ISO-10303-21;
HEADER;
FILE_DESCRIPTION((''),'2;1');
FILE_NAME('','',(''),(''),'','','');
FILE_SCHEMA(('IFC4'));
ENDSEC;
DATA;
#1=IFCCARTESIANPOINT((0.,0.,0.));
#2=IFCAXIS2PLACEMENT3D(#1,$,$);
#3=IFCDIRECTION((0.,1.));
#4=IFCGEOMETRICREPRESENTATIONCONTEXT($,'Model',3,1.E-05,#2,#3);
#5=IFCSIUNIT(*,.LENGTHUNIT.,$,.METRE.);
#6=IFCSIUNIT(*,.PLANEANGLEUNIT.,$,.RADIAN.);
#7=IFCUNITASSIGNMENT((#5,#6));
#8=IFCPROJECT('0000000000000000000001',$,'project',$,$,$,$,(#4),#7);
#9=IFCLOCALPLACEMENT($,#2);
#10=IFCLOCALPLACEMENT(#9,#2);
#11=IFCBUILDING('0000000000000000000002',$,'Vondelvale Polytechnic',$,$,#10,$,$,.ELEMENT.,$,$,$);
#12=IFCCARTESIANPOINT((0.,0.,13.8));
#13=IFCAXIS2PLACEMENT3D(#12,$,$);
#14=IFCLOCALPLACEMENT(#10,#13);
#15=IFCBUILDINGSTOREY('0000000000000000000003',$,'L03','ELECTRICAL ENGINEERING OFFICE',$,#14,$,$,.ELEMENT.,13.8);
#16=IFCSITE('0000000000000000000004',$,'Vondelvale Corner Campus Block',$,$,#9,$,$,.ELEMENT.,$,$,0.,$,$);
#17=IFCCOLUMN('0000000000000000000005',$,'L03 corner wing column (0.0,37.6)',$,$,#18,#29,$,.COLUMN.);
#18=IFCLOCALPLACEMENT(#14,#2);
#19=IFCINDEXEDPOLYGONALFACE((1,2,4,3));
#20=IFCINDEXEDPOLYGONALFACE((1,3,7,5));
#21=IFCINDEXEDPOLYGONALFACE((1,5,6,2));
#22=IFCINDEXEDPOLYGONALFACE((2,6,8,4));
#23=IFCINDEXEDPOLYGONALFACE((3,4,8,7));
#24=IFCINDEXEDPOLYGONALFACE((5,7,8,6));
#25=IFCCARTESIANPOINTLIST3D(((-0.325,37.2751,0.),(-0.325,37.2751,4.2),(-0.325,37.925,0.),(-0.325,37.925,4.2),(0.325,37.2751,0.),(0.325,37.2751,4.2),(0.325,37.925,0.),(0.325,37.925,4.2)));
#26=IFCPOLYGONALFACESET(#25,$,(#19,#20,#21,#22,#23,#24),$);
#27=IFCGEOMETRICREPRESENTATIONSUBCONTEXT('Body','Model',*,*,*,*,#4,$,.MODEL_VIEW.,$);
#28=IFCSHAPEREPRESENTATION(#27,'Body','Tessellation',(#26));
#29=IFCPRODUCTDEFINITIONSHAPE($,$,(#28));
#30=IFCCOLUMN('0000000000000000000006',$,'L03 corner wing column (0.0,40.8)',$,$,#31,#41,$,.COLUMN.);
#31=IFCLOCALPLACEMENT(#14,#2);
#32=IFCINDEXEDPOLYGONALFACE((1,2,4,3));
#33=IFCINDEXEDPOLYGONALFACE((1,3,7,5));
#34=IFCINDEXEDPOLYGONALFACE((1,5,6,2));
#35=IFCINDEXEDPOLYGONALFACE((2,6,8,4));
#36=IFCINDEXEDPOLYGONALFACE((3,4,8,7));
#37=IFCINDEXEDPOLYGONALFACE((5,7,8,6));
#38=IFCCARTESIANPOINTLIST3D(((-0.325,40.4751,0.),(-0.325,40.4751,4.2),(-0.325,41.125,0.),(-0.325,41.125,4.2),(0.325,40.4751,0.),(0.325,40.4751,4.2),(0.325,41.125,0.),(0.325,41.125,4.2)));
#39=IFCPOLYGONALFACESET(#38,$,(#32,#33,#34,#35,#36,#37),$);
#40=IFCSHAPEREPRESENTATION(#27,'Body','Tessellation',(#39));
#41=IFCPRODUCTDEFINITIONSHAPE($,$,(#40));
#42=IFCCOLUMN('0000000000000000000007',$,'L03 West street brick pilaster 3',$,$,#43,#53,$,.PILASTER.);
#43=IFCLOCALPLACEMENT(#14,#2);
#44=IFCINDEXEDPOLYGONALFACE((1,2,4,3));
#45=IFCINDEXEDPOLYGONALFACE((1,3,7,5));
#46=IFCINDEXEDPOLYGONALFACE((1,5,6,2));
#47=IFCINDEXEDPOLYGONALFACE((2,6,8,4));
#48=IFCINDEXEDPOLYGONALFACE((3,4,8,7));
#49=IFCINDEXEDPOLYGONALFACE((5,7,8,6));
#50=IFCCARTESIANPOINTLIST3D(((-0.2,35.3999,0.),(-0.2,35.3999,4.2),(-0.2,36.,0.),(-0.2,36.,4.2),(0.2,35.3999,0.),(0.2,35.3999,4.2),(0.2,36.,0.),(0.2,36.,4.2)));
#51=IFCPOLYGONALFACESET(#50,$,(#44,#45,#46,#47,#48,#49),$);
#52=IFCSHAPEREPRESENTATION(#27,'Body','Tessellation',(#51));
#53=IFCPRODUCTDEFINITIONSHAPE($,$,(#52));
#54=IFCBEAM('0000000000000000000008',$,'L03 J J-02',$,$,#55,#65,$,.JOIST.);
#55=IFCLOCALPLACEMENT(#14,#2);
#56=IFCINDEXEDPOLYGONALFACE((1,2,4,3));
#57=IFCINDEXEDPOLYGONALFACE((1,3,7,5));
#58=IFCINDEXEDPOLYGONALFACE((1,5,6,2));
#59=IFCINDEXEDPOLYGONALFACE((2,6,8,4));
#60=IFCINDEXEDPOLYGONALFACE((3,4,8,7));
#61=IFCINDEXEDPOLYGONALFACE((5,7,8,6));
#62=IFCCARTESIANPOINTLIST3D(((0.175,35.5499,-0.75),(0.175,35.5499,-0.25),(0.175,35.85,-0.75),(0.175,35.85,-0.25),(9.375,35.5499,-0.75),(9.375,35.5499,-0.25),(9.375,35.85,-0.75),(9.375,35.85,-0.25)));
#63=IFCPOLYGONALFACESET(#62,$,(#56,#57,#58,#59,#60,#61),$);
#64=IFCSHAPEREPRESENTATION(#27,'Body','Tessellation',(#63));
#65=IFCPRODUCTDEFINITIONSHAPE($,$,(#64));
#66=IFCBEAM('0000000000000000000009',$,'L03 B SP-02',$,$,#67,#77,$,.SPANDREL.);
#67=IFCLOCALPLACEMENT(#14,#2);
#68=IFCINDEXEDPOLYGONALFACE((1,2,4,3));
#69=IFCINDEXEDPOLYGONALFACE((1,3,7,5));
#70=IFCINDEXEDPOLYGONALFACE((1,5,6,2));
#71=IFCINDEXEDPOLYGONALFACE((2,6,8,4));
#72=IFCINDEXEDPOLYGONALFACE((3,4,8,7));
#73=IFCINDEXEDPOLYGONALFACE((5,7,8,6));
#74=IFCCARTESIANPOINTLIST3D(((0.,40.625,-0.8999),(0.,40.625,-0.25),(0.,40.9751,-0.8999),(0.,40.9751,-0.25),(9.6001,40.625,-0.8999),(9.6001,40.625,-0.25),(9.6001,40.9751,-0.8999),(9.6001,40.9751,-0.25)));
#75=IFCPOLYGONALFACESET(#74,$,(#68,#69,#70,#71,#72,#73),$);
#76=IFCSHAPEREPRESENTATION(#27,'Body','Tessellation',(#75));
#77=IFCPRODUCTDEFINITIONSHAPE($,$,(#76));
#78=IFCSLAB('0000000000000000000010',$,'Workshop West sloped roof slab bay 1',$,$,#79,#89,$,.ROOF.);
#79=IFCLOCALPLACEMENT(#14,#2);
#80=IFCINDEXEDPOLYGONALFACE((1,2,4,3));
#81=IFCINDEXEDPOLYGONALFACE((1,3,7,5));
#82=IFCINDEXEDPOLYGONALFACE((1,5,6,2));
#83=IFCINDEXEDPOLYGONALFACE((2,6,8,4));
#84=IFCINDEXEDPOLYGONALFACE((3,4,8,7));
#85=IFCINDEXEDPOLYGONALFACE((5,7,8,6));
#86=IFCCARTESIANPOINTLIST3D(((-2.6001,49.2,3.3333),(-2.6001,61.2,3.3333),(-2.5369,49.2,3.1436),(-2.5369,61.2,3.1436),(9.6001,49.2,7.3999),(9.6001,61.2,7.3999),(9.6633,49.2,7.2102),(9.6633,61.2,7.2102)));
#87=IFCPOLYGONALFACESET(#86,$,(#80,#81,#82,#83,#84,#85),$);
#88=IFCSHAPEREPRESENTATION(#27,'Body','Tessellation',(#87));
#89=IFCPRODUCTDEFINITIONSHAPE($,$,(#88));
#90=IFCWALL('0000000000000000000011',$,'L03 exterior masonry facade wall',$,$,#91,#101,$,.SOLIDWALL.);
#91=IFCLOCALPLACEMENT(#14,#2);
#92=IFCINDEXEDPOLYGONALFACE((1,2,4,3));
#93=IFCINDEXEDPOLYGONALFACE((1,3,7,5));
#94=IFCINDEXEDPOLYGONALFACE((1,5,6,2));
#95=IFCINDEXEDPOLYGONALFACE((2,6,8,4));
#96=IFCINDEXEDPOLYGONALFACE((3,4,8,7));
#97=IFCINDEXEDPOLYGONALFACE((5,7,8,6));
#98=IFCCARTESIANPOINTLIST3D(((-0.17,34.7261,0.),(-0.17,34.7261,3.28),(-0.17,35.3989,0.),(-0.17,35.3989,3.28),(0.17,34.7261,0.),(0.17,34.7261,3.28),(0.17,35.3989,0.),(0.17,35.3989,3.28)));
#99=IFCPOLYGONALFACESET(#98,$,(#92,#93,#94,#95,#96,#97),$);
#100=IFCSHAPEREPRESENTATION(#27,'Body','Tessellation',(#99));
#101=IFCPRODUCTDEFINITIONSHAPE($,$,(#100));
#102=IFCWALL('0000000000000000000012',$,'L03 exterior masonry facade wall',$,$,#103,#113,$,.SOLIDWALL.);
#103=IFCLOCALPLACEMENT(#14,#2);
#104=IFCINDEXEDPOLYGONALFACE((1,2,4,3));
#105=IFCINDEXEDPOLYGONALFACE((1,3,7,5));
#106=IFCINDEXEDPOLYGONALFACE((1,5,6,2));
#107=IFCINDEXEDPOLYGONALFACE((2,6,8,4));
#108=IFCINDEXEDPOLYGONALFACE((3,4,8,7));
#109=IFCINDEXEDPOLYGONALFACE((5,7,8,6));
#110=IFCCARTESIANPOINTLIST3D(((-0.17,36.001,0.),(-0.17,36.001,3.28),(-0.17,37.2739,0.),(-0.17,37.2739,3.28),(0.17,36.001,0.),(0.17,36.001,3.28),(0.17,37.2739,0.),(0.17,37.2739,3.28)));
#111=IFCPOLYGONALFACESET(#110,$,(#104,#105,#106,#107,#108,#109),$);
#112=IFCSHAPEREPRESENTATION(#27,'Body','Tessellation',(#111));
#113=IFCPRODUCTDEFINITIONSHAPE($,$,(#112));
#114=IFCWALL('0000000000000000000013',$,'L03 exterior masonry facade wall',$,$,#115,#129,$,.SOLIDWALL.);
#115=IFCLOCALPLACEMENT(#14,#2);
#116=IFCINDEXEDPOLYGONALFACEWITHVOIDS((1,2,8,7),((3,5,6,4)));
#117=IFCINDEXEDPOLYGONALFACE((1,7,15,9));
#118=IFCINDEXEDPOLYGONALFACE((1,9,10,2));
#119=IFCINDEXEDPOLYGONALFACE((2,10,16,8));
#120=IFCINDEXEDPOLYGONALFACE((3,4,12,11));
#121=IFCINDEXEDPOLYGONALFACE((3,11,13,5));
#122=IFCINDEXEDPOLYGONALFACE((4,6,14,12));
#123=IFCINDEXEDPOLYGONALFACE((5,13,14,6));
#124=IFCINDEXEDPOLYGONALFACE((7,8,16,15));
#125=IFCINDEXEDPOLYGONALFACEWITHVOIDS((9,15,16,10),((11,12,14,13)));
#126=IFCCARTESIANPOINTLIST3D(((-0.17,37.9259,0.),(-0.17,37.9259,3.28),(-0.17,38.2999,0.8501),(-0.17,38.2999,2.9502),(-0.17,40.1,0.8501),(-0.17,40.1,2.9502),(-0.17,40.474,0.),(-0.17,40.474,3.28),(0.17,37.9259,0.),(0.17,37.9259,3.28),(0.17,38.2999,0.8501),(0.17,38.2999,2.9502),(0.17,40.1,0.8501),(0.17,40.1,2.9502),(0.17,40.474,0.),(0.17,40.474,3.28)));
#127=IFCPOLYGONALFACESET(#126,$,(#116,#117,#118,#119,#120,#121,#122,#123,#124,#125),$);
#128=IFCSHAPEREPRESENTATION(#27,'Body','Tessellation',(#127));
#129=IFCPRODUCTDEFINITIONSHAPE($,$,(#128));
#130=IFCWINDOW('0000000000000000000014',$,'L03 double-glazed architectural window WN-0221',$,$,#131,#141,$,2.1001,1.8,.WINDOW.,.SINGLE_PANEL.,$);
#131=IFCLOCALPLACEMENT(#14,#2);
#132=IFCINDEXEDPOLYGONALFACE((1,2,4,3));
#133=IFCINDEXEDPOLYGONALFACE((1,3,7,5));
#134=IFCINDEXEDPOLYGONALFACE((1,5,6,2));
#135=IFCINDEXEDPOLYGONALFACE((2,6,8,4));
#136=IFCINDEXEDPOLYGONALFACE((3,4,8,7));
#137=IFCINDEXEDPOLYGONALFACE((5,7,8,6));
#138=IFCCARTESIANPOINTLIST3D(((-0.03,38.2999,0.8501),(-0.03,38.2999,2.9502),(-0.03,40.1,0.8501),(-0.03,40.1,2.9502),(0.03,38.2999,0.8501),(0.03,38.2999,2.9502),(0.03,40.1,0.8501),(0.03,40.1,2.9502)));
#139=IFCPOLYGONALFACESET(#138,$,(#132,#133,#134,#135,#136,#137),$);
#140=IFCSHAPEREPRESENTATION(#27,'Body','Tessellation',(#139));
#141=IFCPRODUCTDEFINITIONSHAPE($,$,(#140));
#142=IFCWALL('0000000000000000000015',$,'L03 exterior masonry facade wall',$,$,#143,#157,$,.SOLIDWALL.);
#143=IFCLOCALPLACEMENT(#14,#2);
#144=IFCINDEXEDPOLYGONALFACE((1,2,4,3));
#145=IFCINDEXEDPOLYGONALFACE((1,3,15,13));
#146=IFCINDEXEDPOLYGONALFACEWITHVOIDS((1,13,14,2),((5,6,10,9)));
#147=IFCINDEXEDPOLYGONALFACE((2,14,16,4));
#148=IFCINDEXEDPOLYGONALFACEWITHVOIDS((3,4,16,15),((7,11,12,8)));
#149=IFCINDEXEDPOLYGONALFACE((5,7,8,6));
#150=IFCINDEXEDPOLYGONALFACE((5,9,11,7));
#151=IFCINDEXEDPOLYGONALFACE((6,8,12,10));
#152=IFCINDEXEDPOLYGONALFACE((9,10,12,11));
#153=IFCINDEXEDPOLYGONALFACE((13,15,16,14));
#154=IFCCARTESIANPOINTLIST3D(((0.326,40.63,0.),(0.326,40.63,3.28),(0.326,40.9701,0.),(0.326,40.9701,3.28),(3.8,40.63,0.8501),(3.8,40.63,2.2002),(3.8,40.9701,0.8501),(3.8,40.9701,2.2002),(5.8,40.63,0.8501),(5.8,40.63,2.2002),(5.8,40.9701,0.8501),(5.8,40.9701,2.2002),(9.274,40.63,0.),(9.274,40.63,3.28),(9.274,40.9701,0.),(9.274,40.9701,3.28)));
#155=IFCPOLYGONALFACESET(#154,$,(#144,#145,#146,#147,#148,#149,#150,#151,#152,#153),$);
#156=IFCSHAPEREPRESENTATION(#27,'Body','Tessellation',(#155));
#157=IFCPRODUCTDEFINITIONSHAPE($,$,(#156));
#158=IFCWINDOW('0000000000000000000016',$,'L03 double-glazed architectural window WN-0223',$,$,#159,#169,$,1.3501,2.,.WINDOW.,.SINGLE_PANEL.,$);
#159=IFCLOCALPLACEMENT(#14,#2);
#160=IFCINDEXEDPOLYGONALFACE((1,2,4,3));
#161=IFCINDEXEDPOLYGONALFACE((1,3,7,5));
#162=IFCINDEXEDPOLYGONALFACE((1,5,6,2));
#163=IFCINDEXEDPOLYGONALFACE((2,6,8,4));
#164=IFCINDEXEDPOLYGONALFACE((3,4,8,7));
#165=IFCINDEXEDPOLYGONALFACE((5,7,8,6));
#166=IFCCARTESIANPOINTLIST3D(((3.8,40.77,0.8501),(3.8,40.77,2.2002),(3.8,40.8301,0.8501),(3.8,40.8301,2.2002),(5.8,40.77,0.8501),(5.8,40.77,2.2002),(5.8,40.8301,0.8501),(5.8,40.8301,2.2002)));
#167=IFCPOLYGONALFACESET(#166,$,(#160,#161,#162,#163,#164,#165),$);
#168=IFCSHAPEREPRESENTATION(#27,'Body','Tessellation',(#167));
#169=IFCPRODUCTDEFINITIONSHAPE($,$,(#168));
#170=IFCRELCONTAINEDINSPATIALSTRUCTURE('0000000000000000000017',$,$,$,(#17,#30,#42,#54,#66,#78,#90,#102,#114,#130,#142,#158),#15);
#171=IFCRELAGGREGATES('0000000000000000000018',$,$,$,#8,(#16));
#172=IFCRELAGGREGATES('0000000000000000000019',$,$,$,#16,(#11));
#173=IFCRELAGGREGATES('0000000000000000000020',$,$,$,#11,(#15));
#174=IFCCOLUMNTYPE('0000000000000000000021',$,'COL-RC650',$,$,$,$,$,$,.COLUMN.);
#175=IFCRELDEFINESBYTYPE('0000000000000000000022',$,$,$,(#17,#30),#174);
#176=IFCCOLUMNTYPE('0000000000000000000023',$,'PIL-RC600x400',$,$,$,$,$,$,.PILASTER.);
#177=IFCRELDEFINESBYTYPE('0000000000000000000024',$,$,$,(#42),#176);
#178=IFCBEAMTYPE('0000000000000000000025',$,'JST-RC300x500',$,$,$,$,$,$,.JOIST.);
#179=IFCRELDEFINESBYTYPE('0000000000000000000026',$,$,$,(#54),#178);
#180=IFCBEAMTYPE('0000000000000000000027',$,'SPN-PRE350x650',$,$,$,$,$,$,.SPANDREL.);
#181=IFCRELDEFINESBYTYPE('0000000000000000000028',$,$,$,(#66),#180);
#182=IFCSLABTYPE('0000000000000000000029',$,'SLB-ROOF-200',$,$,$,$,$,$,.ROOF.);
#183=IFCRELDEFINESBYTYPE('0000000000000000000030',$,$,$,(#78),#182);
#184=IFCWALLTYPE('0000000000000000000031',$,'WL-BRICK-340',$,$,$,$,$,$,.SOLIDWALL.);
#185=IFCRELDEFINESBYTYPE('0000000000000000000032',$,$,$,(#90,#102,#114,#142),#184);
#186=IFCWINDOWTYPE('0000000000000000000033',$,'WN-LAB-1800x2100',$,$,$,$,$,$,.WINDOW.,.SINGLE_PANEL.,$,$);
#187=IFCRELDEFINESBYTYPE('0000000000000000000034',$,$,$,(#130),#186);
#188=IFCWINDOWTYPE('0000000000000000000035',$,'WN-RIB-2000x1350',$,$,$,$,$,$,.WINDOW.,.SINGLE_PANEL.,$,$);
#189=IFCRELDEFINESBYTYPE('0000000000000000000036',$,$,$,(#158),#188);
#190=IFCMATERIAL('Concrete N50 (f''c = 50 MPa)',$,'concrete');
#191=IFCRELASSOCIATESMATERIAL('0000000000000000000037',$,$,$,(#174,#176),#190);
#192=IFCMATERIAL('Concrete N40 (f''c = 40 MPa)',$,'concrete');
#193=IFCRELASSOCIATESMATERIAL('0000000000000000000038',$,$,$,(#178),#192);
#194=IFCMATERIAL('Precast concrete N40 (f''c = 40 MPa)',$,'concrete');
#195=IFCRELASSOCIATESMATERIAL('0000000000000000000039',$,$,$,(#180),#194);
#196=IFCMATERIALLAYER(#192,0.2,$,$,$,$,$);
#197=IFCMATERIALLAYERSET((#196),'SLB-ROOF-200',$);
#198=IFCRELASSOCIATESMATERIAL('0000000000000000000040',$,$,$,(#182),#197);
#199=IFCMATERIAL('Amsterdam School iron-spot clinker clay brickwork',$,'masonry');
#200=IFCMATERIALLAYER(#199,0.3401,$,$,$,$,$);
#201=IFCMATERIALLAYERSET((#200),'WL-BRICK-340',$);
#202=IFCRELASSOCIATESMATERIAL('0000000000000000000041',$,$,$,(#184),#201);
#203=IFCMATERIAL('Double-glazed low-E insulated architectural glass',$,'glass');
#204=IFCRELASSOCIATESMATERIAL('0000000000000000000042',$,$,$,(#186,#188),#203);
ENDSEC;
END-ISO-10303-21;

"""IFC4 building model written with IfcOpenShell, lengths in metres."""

from ifc_helpers import new_model, si_unit, direction, frame, frame_2d, origin, origin_2d, place, context, subcontext, project, spatial, polyline, rectangle, outline, extrude, material, layer, layer_set, material_profile, profile_set, type_object, element, fill, save


model = new_model("IFC4")

# Units and contexts
model_context = context("Model", 3, precision=1e-05, world=origin(), true_north=direction((0.0, 1.0)))
body_context = subcontext(model_context, "Body", "Model", "MODEL_VIEW")
ifc_project = project(units=[si_unit("LENGTHUNIT", "METRE"), si_unit("PLANEANGLEUNIT", "RADIAN")], contexts=[model_context])

# Site, building, storey
site_placement = place(None, origin())
site = spatial("IfcSite", under=ifc_project, at=site_placement, Name="Vondelvale Corner Campus Block", CompositionType="ELEMENT", RefElevation=0.0)
building_placement = place(site_placement, origin())
building = spatial("IfcBuilding", under=site, at=building_placement, Name="Vondelvale Polytechnic", CompositionType="ELEMENT")
storey_placement = place(building_placement, frame((0.0, 0.0, 13.8)))
storey = spatial("IfcBuildingStorey", under=building, at=storey_placement, Name="L03", Description="ELECTRICAL ENGINEERING OFFICE", CompositionType="ELEMENT", Elevation=13.8)

# Columns
ifc_material_1 = material(Name="Concrete N50 (f'c = 50 MPa)", Category="concrete")
ifc_material_profile_1 = material_profile(ifc_material_1, rectangle(XDim=0.6499, YDim=0.6499, at=origin_2d()), Name="RC-COL-650x650")
ifc_profile_set_1 = profile_set([ifc_material_profile_1], Name="Concrete N50 (f'c = 50 MPa)")
column_type_1 = type_object("IfcColumnType", Name="COL-RC650", PredefinedType="COLUMN", material=ifc_profile_set_1)
for number, where, z_axis, x_axis, name in (
    (1, (0.0, 37.6001, 0.0), (0.0, 0.0, 1.0), (1.0, 0.0, 0.0), "L03 corner wing column (0.0,37.6)"),
    (2, (0.0, 40.8, 0.0), (0.0, 0.0, 1.0), (1.0, 0.0, 0.0), "L03 corner wing column (0.0,40.8)"),
):
    element("IfcColumn", number, at=place(storey_placement, frame(where, z_axis=z_axis, x_axis=x_axis)), inside=storey, type_object=column_type_1, Name=name, PredefinedType="COLUMN", context=body_context, shape_type="SweptSolid", body=[
        extrude(rectangle(XDim=0.6499, YDim=0.6499, at=origin_2d()), origin(), (0.0, 0.0, 1.0), 4.2),
    ])
ifc_material_profile_2 = material_profile(ifc_material_1, rectangle(XDim=0.3999, YDim=0.6001, at=origin_2d()), Name="RC-PIL-600x400")
ifc_profile_set_2 = profile_set([ifc_material_profile_2], Name="Concrete N50 (f'c = 50 MPa)")
column_type_2 = type_object("IfcColumnType", Name="PIL-RC600x400", PredefinedType="PILASTER", material=ifc_profile_set_2)
column_placement = place(storey_placement, frame((0.0, 35.7, 0.0), z_axis=(0.0, 0.0, 1.0), x_axis=(1.0, 0.0, 0.0)))
element("IfcColumn", 3, at=column_placement, inside=storey, type_object=column_type_2, Name="L03 West street brick pilaster 3", PredefinedType="PILASTER", context=body_context, shape_type="SweptSolid", body=[
    extrude(rectangle(XDim=0.3999, YDim=0.6001, at=origin_2d()), origin(), (0.0, 0.0, 1.0), 4.2),
])

# Beams
ifc_material_2 = material(Name="Concrete N40 (f'c = 40 MPa)", Category="concrete")
ifc_material_profile_3 = material_profile(ifc_material_2, rectangle(XDim=0.3, YDim=0.5, at=origin_2d()), Name="RC-JST-300x500")
ifc_profile_set_3 = profile_set([ifc_material_profile_3], Name="Concrete N40 (f'c = 40 MPa)")
beam_type_1 = type_object("IfcBeamType", Name="JST-RC300x500", PredefinedType="JOIST", material=ifc_profile_set_3)
beam_1_placement = place(storey_placement, frame((0.175, 35.7, -0.5), z_axis=(1.0, 0.0, 0.0), x_axis=(0.0, 1.0, 0.0)))
element("IfcBeam", 4, at=beam_1_placement, inside=storey, type_object=beam_type_1, Name="L03 J J-02", PredefinedType="JOIST", context=body_context, shape_type="SweptSolid", body=[
    extrude(rectangle(XDim=0.3, YDim=0.5, at=origin_2d()), origin(), (0.0, 0.0, 1.0), 9.2),
])
ifc_material_3 = material(Name="Precast concrete N40 (f'c = 40 MPa)", Category="concrete")
ifc_material_profile_4 = material_profile(ifc_material_3, rectangle(XDim=0.3501, YDim=0.6499, at=origin_2d()), Name="RC-SPN-350x650")
ifc_profile_set_4 = profile_set([ifc_material_profile_4], Name="Precast concrete N40 (f'c = 40 MPa)")
beam_type_2 = type_object("IfcBeamType", Name="SPN-PRE350x650", PredefinedType="SPANDREL", material=ifc_profile_set_4)
beam_2_placement = place(storey_placement, frame((0.0, 40.8, -0.575), z_axis=(1.0, 0.0, 0.0), x_axis=(0.0, 1.0, 0.0)))
element("IfcBeam", 5, at=beam_2_placement, inside=storey, type_object=beam_type_2, Name="L03 B SP-02", PredefinedType="SPANDREL", context=body_context, shape_type="SweptSolid", body=[
    extrude(rectangle(XDim=0.3501, YDim=0.6499, at=origin_2d()), origin(), (0.0, 0.0, 1.0), 9.6001),
])

# Slab
ifc_layer_1 = layer(ifc_material_2, 0.2)
ifc_layer_set_1 = layer_set([ifc_layer_1], Name="SLB-ROOF-200")
slab_type = type_object("IfcSlabType", Name="SLB-ROOF-200", PredefinedType="ROOF", material=ifc_layer_set_1)
slab_placement = place(storey_placement, frame((-2.6001, 49.2, 3.3333), z_axis=(-0.316222, 0.0, 0.948685), x_axis=(0.948685, 0.0, 0.316222)))
element("IfcSlab", 6, at=slab_placement, inside=storey, type_object=slab_type, Name="Workshop West sloped roof slab bay 1", PredefinedType="ROOF", context=body_context, shape_type="SweptSolid", body=[
    extrude(outline(polyline([(0.0, 0.0), (12.8601, 0.0), (12.8601, 12.0), (0.0, 12.0), (0.0, 0.0)])), origin(), (0.0, 0.0, -1.0), 0.2),
])

# Walls
ifc_material_4 = material(Name="Amsterdam School iron-spot clinker clay brickwork", Category="masonry")
ifc_layer_2 = layer(ifc_material_4, 0.3401)
ifc_layer_set_2 = layer_set([ifc_layer_2], Name="WL-BRICK-340")
wall_type = type_object("IfcWallType", Name="WL-BRICK-340", PredefinedType="SOLIDWALL", material=ifc_layer_set_2)
wall_1_placement = place(storey_placement, frame((0.0, 34.7261, 0.0), z_axis=(0.0, 0.0, 1.0), x_axis=(0.0, 1.0, 0.0)))
element("IfcWall", 7, at=wall_1_placement, inside=storey, type_object=wall_type, Name="L03 exterior masonry facade wall", PredefinedType="SOLIDWALL", context=body_context, shape_type="SweptSolid", body=[
    extrude(rectangle(XDim=0.6729, YDim=0.3401, at=frame_2d((0.3364, 0.0))), origin(), (0.0, 0.0, 1.0), 3.28),
])
wall_2_placement = place(storey_placement, frame((0.0, 36.001, 0.0), z_axis=(0.0, 0.0, 1.0), x_axis=(0.0, 1.0, 0.0)))
element("IfcWall", 8, at=wall_2_placement, inside=storey, type_object=wall_type, Name="L03 exterior masonry facade wall", PredefinedType="SOLIDWALL", context=body_context, shape_type="SweptSolid", body=[
    extrude(rectangle(XDim=1.2729, YDim=0.3401, at=frame_2d((0.6365, 0.0))), origin(), (0.0, 0.0, 1.0), 3.28),
])

# Walls, openings, windows
wall_3_placement = place(storey_placement, frame((0.0, 37.926, 0.0), z_axis=(0.0, 0.0, 1.0), x_axis=(0.0, 1.0, 0.0)))
wall_3 = element("IfcWall", 9, at=wall_3_placement, inside=storey, type_object=wall_type, Name="L03 exterior masonry facade wall", PredefinedType="SOLIDWALL", context=body_context, shape_type="SweptSolid", body=[
    extrude(rectangle(XDim=2.5481, YDim=0.3401, at=frame_2d((1.2739, 0.0))), origin(), (0.0, 0.0, 1.0), 3.28),
])
opening_1_placement = place(wall_3_placement, frame((0.374, 0.0, 0.8501)))
opening_1 = element("IfcOpeningElement", 10, at=opening_1_placement, cuts=wall_3, PredefinedType="OPENING", context=body_context, shape_type="SweptSolid", body=[
    extrude(rectangle(XDim=1.8, YDim=2.1001, at=frame_2d((0.8999, 1.05))), frame((0.0, 0.1799, 0.0), z_axis=(0.0, -1.0, 0.0), x_axis=(1.0, 0.0, 0.0)), (0.0, 0.0, 1.0), 0.3601),
])
ifc_material_5 = material(Name="Double-glazed low-E insulated architectural glass", Category="glass")
window_type_1 = type_object("IfcWindowType", Name="WN-LAB-1800x2100", PartitioningType="SINGLE_PANEL", PredefinedType="WINDOW", material=ifc_material_5)
window_1_placement = place(opening_1_placement, origin())
window_1 = element("IfcWindow", 11, at=window_1_placement, inside=storey, type_object=window_type_1, Name="L03 double-glazed architectural window WN-0221", OverallHeight=2.1001, OverallWidth=1.8, PartitioningType="SINGLE_PANEL", PredefinedType="WINDOW", context=body_context, shape_type="SweptSolid", body=[
    extrude(rectangle(XDim=1.8, YDim=2.1001, at=frame_2d((0.8999, 1.05))), frame((0.0, 0.03, 0.0), z_axis=(0.0, -1.0, 0.0), x_axis=(1.0, 0.0, 0.0)), (0.0, 0.0, 1.0), 0.0601),
])
fill(opening_1, window_1)
wall_4_placement = place(storey_placement, frame((0.3259, 40.8, 0.0), z_axis=(0.0, 0.0, 1.0), x_axis=(1.0, 0.0, 0.0)))
wall_4 = element("IfcWall", 12, at=wall_4_placement, inside=storey, type_object=wall_type, Name="L03 exterior masonry facade wall", PredefinedType="SOLIDWALL", context=body_context, shape_type="SweptSolid", body=[
    extrude(rectangle(XDim=8.948, YDim=0.3401, at=frame_2d((4.4741, 0.0))), origin(), (0.0, 0.0, 1.0), 3.28),
])
opening_2_placement = place(wall_4_placement, frame((3.4741, 0.0, 0.8501)))
opening_2 = element("IfcOpeningElement", 13, at=opening_2_placement, cuts=wall_4, PredefinedType="OPENING", context=body_context, shape_type="SweptSolid", body=[
    extrude(rectangle(XDim=2.0, YDim=1.3501, at=frame_2d((1.0, 0.675))), frame((0.0, 0.1799, 0.0), z_axis=(0.0, -1.0, 0.0), x_axis=(1.0, 0.0, 0.0)), (0.0, 0.0, 1.0), 0.3601),
])
window_type_2 = type_object("IfcWindowType", Name="WN-RIB-2000x1350", PartitioningType="SINGLE_PANEL", PredefinedType="WINDOW", material=ifc_material_5)
window_2_placement = place(opening_2_placement, origin())
window_2 = element("IfcWindow", 14, at=window_2_placement, inside=storey, type_object=window_type_2, Name="L03 double-glazed architectural window WN-0223", OverallHeight=1.3501, OverallWidth=2.0, PartitioningType="SINGLE_PANEL", PredefinedType="WINDOW", context=body_context, shape_type="SweptSolid", body=[
    extrude(rectangle(XDim=2.0, YDim=1.3501, at=frame_2d((1.0, 0.675))), frame((0.0, 0.03, 0.0), z_axis=(0.0, -1.0, 0.0), x_axis=(1.0, 0.0, 0.0)), (0.0, 0.0, 1.0), 0.0601),
])
fill(opening_2, window_2)

save(model, "model.ifc")
